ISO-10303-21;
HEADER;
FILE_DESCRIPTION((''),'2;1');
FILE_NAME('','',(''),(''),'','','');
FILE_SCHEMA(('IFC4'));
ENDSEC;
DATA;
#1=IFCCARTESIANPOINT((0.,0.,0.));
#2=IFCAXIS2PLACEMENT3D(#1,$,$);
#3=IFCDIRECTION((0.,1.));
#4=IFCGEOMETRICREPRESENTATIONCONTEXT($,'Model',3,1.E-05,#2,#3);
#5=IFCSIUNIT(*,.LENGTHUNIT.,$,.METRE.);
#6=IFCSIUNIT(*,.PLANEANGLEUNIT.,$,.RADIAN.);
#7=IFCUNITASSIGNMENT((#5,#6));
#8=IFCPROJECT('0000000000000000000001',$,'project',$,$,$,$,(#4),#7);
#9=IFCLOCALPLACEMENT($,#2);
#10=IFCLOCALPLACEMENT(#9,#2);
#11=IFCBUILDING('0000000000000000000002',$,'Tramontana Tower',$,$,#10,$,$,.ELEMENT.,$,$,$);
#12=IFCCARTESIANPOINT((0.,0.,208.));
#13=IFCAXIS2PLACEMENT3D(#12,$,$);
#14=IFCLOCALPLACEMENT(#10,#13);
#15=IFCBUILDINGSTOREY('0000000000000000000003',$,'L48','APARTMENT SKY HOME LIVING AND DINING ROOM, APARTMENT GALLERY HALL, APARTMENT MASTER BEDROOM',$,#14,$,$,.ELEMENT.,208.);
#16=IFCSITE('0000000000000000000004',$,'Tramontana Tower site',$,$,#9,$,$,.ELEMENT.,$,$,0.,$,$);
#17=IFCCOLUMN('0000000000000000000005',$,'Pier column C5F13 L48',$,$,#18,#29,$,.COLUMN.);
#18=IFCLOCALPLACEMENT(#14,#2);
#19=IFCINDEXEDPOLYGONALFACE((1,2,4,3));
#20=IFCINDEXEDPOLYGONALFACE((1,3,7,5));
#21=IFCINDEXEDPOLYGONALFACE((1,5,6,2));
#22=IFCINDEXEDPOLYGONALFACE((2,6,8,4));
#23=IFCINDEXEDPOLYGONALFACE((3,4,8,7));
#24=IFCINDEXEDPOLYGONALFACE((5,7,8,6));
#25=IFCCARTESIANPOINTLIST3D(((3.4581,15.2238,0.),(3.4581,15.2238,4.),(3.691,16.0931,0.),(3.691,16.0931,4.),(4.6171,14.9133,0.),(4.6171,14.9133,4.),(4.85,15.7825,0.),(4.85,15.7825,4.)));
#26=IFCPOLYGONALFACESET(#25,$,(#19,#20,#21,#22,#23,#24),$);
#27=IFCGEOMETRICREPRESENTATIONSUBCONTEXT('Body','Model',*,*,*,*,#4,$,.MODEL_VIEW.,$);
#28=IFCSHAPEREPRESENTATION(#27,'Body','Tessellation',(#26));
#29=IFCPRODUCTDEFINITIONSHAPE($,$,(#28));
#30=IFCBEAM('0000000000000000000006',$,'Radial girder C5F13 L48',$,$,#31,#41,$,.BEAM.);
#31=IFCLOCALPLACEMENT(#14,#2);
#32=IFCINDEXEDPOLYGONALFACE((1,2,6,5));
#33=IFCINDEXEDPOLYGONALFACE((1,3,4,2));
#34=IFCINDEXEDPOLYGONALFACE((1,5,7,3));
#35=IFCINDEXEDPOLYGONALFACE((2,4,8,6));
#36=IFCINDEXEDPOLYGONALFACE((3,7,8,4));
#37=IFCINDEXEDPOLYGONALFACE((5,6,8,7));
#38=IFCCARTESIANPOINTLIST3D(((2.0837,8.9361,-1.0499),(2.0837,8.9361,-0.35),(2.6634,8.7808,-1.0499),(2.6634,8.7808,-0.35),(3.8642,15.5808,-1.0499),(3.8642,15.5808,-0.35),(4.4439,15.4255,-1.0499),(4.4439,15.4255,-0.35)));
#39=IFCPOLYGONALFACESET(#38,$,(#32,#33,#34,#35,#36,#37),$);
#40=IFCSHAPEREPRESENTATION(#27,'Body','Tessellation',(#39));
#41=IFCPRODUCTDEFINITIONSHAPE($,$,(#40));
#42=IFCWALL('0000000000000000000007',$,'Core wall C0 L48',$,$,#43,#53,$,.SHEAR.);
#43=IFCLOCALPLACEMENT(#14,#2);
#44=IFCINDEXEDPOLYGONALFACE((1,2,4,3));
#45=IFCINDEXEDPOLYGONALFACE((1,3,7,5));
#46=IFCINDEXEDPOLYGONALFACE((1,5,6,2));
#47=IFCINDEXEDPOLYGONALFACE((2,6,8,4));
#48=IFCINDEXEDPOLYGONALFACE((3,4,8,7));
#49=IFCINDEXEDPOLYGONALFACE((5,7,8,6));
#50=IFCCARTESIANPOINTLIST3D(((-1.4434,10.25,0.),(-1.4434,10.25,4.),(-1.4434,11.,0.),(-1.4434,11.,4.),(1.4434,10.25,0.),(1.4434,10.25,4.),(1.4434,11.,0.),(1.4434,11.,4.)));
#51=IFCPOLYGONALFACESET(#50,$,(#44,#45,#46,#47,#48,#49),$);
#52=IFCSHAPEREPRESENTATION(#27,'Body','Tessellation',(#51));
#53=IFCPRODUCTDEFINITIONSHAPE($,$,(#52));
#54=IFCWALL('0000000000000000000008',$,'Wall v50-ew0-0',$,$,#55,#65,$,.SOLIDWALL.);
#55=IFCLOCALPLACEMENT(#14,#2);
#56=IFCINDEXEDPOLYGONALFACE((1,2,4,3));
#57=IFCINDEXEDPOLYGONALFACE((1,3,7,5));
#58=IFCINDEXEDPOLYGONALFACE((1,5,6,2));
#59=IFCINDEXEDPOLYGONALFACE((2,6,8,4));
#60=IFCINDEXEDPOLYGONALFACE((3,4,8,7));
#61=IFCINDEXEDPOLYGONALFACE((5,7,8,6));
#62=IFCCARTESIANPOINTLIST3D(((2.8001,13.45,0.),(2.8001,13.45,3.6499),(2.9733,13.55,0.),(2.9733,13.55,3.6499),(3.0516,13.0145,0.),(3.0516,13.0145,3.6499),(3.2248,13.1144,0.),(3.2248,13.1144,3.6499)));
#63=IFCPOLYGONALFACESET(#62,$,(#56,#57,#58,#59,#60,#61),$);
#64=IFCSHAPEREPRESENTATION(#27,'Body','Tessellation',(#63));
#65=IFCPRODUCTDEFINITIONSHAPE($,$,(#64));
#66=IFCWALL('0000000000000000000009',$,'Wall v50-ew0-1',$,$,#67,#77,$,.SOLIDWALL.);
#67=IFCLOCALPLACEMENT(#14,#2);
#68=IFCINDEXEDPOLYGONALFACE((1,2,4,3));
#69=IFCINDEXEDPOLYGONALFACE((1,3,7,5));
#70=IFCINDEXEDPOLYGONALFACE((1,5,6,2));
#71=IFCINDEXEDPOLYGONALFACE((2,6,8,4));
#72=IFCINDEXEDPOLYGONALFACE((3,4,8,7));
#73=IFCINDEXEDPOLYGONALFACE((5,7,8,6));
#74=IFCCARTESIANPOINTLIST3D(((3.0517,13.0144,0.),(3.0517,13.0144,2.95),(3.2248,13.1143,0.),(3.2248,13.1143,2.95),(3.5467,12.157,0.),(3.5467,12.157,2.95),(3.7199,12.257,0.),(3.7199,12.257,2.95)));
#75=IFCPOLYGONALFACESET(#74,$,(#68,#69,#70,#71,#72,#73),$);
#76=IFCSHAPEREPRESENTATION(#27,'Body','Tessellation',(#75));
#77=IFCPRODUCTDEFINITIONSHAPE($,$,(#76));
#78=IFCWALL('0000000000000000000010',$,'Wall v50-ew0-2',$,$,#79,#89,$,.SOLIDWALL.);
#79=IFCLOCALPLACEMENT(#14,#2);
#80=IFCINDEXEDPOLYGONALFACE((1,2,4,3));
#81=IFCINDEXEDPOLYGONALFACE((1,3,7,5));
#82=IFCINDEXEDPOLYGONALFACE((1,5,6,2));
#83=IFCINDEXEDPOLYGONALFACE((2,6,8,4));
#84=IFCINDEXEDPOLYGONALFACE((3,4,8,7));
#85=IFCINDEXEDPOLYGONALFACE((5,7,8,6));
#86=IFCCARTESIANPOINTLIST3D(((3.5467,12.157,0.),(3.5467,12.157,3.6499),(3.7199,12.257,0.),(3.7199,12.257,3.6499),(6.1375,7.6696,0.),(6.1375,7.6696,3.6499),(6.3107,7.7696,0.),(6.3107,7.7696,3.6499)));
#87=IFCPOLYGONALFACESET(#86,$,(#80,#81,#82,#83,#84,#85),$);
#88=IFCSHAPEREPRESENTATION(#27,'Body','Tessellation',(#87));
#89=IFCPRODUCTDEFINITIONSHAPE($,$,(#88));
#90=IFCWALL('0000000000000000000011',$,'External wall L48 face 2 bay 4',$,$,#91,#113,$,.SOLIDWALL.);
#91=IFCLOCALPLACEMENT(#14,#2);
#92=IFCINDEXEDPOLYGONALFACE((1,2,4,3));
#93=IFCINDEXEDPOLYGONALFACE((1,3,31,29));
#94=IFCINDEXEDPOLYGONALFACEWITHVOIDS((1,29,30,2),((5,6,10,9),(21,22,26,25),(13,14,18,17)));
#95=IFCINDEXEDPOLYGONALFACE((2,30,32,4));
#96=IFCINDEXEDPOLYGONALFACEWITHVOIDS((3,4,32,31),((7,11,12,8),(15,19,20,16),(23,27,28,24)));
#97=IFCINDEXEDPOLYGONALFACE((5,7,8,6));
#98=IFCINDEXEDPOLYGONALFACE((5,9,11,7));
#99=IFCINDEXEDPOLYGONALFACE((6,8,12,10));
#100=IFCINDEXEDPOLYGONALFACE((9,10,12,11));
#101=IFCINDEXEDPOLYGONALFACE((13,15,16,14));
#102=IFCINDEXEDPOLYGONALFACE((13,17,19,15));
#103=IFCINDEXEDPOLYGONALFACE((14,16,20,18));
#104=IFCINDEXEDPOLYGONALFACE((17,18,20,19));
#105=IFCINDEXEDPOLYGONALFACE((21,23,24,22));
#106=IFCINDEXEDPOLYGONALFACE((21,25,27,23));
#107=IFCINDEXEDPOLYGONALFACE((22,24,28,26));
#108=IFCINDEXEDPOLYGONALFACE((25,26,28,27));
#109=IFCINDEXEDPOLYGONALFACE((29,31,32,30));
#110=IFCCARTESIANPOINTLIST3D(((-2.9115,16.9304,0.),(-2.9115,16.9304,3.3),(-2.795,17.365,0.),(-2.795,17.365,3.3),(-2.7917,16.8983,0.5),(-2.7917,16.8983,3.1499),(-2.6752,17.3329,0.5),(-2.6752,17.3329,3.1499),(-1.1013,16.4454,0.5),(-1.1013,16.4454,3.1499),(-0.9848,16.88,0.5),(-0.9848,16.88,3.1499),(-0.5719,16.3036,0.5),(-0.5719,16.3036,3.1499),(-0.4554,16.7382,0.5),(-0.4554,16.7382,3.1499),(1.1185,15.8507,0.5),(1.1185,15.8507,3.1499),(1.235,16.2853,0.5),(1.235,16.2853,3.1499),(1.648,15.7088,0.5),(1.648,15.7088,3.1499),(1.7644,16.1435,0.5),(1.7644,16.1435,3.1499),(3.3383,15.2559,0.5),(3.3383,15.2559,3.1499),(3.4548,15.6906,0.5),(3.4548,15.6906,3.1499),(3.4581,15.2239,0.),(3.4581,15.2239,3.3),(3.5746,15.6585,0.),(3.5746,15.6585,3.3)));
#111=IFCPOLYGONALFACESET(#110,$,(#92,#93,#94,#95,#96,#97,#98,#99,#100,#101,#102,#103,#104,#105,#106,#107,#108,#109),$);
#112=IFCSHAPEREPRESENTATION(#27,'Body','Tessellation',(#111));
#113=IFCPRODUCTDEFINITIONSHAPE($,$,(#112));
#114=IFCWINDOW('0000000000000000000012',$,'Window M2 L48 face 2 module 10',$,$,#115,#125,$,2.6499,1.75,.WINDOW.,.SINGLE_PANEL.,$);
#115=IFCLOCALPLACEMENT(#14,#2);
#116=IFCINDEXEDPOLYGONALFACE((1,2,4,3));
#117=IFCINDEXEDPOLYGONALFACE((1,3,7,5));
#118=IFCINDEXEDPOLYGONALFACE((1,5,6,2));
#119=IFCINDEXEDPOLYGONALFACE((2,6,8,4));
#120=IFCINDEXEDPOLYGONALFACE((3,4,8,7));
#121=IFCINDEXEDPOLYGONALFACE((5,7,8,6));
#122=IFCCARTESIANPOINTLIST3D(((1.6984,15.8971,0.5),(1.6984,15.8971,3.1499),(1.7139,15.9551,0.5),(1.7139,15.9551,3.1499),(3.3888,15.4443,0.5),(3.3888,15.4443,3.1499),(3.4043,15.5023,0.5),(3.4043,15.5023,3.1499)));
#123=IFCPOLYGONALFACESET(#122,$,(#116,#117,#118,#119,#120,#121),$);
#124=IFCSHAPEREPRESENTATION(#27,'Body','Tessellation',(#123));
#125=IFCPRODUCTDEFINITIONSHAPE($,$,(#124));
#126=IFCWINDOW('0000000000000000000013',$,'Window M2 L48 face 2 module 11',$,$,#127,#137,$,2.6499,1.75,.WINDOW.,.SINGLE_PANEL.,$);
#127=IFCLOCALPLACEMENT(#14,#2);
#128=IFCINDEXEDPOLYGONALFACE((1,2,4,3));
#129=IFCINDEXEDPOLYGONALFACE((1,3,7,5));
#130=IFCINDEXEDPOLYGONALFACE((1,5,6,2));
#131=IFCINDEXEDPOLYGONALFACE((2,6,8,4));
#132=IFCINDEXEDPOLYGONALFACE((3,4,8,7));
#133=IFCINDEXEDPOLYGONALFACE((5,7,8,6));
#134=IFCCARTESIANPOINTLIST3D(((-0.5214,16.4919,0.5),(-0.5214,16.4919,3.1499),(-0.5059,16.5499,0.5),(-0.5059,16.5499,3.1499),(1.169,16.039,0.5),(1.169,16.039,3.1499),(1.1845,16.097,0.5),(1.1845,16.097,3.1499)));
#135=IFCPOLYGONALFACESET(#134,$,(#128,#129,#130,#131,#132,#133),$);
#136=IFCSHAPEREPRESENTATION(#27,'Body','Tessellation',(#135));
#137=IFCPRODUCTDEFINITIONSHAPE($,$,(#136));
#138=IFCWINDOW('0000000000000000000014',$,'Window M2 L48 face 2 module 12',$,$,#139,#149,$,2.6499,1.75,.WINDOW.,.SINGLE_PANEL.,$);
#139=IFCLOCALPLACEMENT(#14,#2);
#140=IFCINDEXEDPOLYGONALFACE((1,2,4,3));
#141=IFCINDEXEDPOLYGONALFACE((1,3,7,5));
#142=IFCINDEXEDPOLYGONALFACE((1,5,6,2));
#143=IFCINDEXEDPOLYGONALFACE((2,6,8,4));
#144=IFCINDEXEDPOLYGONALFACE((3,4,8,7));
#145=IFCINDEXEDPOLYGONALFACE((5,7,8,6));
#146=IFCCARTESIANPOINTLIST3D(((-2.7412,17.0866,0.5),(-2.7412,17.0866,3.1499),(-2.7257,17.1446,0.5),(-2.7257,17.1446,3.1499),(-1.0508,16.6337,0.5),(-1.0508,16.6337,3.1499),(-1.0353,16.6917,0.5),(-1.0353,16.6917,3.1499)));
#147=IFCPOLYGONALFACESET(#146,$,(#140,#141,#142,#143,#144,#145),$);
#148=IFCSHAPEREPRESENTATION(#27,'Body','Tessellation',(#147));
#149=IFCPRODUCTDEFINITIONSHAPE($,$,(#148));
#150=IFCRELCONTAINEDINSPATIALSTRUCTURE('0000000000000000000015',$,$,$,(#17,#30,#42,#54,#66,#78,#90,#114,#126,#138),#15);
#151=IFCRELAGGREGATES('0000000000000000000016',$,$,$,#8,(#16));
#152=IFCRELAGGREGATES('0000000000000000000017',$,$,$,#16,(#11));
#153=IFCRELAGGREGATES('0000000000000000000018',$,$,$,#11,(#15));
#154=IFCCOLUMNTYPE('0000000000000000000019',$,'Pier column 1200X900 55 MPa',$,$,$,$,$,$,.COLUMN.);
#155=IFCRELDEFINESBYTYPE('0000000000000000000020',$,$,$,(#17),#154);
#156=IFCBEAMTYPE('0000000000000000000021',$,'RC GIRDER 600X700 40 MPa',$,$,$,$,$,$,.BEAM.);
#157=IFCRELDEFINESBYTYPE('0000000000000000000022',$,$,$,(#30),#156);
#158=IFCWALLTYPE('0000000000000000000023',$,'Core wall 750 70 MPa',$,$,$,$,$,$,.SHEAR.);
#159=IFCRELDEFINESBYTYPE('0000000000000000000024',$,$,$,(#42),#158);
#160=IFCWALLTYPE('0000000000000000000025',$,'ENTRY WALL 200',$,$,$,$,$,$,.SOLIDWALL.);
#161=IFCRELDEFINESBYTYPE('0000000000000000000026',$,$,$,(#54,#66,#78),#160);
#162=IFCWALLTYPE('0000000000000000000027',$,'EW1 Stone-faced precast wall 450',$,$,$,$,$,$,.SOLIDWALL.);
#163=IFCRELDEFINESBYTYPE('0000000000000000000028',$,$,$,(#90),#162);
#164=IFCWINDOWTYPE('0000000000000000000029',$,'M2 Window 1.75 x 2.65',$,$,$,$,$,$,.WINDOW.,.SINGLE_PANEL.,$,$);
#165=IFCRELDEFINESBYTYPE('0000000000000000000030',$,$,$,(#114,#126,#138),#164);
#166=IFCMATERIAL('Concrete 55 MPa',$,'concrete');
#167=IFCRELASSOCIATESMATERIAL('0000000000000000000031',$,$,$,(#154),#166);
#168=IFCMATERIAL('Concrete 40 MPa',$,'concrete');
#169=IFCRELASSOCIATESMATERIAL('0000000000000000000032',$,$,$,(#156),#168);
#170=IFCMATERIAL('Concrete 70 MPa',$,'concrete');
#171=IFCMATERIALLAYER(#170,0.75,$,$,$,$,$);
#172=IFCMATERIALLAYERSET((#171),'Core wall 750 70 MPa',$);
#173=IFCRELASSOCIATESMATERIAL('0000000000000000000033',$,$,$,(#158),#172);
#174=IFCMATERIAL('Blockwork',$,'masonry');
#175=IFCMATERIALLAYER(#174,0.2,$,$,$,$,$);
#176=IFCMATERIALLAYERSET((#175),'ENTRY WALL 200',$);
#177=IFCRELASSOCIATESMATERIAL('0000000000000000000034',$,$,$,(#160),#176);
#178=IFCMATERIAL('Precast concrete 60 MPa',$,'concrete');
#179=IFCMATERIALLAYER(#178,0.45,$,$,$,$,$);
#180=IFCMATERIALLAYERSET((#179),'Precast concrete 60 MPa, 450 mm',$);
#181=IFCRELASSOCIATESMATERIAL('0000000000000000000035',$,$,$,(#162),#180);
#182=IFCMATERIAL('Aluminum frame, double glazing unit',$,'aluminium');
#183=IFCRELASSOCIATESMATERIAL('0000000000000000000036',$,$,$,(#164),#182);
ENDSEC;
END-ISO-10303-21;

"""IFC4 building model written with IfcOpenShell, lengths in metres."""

from ifc_helpers import new_model, si_unit, direction, frame, frame_2d, origin, origin_2d, place, context, subcontext, project, spatial, rectangle, extrude, material, layer, layer_set, material_profile, profile_set, type_object, element, fill, save


model = new_model("IFC4")

# Units and contexts
model_context = context("Model", 3, precision=1e-05, world=origin(), true_north=direction((0.0, 1.0)))
body_context = subcontext(model_context, "Body", "Model", "MODEL_VIEW")
ifc_project = project(units=[si_unit("LENGTHUNIT", "METRE"), si_unit("PLANEANGLEUNIT", "RADIAN")], contexts=[model_context])

# Site, building, storey
site_placement = place(None, origin())
site = spatial("IfcSite", under=ifc_project, at=site_placement, Name="Tramontana Tower site", CompositionType="ELEMENT", RefElevation=0.0)
building_placement = place(site_placement, origin())
building = spatial("IfcBuilding", under=site, at=building_placement, Name="Tramontana Tower", CompositionType="ELEMENT")
storey_placement = place(building_placement, frame((0.0, 0.0, 208.0)))
storey = spatial("IfcBuildingStorey", under=building, at=storey_placement, Name="L48", Description="APARTMENT SKY HOME LIVING AND DINING ROOM, APARTMENT GALLERY HALL, APARTMENT MASTER BEDROOM", CompositionType="ELEMENT", Elevation=208.0)

# Column
ifc_material_1 = material(Name="Concrete 55 MPa", Category="concrete")
ifc_material_profile_1 = material_profile(ifc_material_1, rectangle(XDim=1.2, YDim=0.8999, at=origin_2d()), Name="Pier column 1200X900 55 MPa")
ifc_profile_set_1 = profile_set([ifc_material_profile_1], Name="Concrete 55 MPa")
column_type = type_object("IfcColumnType", Name="Pier column 1200X900 55 MPa", PredefinedType="COLUMN", material=ifc_profile_set_1)
column_placement = place(storey_placement, frame((4.1541, 15.5032, 0.0), z_axis=(0.0, 0.0, 1.0), x_axis=(-0.965926, 0.258819, 0.0)))
element("IfcColumn", 1, at=column_placement, inside=storey, type_object=column_type, Name="Pier column C5F13 L48", PredefinedType="COLUMN", context=body_context, shape_type="SweptSolid", body=[
    extrude(rectangle(XDim=1.2, YDim=0.8999, at=origin_2d()), origin(), (0.0, 0.0, 1.0), 4.0),
])

# Beam
ifc_material_2 = material(Name="Concrete 40 MPa", Category="concrete")
ifc_material_profile_2 = material_profile(ifc_material_2, rectangle(XDim=0.6001, YDim=0.7, at=origin_2d()), Name="RC GIRDER 600X700 40 MPa")
ifc_profile_set_2 = profile_set([ifc_material_profile_2], Name="Concrete 40 MPa")
beam_type = type_object("IfcBeamType", Name="RC GIRDER 600X700 40 MPa", PredefinedType="BEAM", material=ifc_profile_set_2)
beam_placement = place(storey_placement, frame((4.1541, 15.5032, -0.7), z_axis=(-0.258827, -0.965924, 0.0), x_axis=(0.965924, -0.258827, 0.0)))
element("IfcBeam", 2, at=beam_placement, inside=storey, type_object=beam_type, Name="Radial girder C5F13 L48", PredefinedType="BEAM", context=body_context, shape_type="SweptSolid", body=[
    extrude(rectangle(XDim=0.6001, YDim=0.7, at=origin_2d()), origin(), (0.0, 0.0, 1.0), 6.8792),
])

# Walls
ifc_material_3 = material(Name="Concrete 70 MPa", Category="concrete")
ifc_layer_1 = layer(ifc_material_3, 0.75)
ifc_layer_set_1 = layer_set([ifc_layer_1], Name="Core wall 750 70 MPa")
wall_type_1 = type_object("IfcWallType", Name="Core wall 750 70 MPa", PredefinedType="SHEAR", material=ifc_layer_set_1)
wall_1_placement = place(storey_placement, frame((1.4434, 10.625, 0.0), z_axis=(0.0, 0.0, 1.0), x_axis=(-1.0, 0.0, 0.0)))
element("IfcWall", 3, at=wall_1_placement, inside=storey, type_object=wall_type_1, Name="Core wall C0 L48", PredefinedType="SHEAR", context=body_context, shape_type="SweptSolid", body=[
    extrude(rectangle(XDim=2.8867, YDim=0.75, at=frame_2d((1.4434, 0.0))), origin(), (0.0, 0.0, 1.0), 4.0),
])
ifc_material_4 = material(Name="Blockwork", Category="masonry")
ifc_layer_2 = layer(ifc_material_4, 0.2)
ifc_layer_set_2 = layer_set([ifc_layer_2], Name="ENTRY WALL 200")
wall_type_2 = type_object("IfcWallType", Name="ENTRY WALL 200", PredefinedType="SOLIDWALL", material=ifc_layer_set_2)
wall_2_placement = place(storey_placement, frame((2.8867, 13.5, 0.0), z_axis=(0.0, 0.0, 1.0), x_axis=(0.500003, -0.866024, 0.0)))
element("IfcWall", 4, at=wall_2_placement, inside=storey, type_object=wall_type_2, Name="Wall v50-ew0-0", PredefinedType="SOLIDWALL", context=body_context, shape_type="SweptSolid", body=[
    extrude(rectangle(XDim=0.5029, YDim=0.2, at=frame_2d((0.2515, 0.0))), origin(), (0.0, 0.0, 1.0), 3.6499),
])
wall_3_placement = place(storey_placement, frame((3.1382, 13.0645, 0.0), z_axis=(0.0, 0.0, 1.0), x_axis=(0.500064, -0.865988, 0.0)))
element("IfcWall", 5, at=wall_3_placement, inside=storey, type_object=wall_type_2, Name="Wall v50-ew0-1", PredefinedType="SOLIDWALL", context=body_context, shape_type="SweptSolid", body=[
    extrude(rectangle(XDim=0.99, YDim=0.2, at=frame_2d((0.4951, 0.0))), origin(), (0.0, 0.0, 1.0), 2.95),
])
wall_4_placement = place(storey_placement, frame((3.6333, 12.207, 0.0), z_axis=(0.0, 0.0, 1.0), x_axis=(0.49999, -0.866031, 0.0)))
element("IfcWall", 6, at=wall_4_placement, inside=storey, type_object=wall_type_2, Name="Wall v50-ew0-2", PredefinedType="SOLIDWALL", context=body_context, shape_type="SweptSolid", body=[
    extrude(rectangle(XDim=5.1816, YDim=0.2, at=frame_2d((2.5908, 0.0))), origin(), (0.0, 0.0, 1.0), 3.6499),
])

# Wall, openings, windows
ifc_material_5 = material(Name="Precast concrete 60 MPa", Category="concrete")
ifc_layer_3 = layer(ifc_material_5, 0.45)
ifc_layer_set_3 = layer_set([ifc_layer_3], Name="Precast concrete 60 MPa, 450 mm")
wall_type_3 = type_object("IfcWallType", Name="EW1 Stone-faced precast wall 450", PredefinedType="SOLIDWALL", material=ifc_layer_set_3)
wall_5_placement = place(storey_placement, frame((3.5164, 15.4412, 0.0), z_axis=(0.0, 0.0, 1.0), x_axis=(-0.965933, 0.258792, 0.0)))
wall_5 = element("IfcWall", 7, at=wall_5_placement, inside=storey, type_object=wall_type_3, Name="External wall L48 face 2 bay 4", PredefinedType="SOLIDWALL", context=body_context, shape_type="SweptSolid", body=[
    extrude(rectangle(XDim=6.5942, YDim=0.45, at=frame_2d((3.2971, 0.0))), origin(), (0.0, 0.0, 1.0), 3.3),
])
opening_1_placement = place(wall_5_placement, frame((0.124, 0.0, 0.5)))
opening_1 = element("IfcOpeningElement", 8, at=opening_1_placement, cuts=wall_5, PredefinedType="OPENING", context=body_context, shape_type="SweptSolid", body=[
    extrude(rectangle(XDim=1.75, YDim=2.6499, at=frame_2d((0.875, 1.325))), frame((0.0, 0.2349, 0.0), z_axis=(0.0, -1.0, 0.0), x_axis=(1.0, 0.0, 0.0)), (0.0, 0.0, 1.0), 0.47),
])
opening_2_placement = place(wall_5_placement, frame((2.4221, 0.0, 0.5)))
opening_2 = element("IfcOpeningElement", 9, at=opening_2_placement, cuts=wall_5, PredefinedType="OPENING", context=body_context, shape_type="SweptSolid", body=[
    extrude(rectangle(XDim=1.75, YDim=2.6499, at=frame_2d((0.875, 1.325))), frame((0.0, 0.2349, 0.0), z_axis=(0.0, -1.0, 0.0), x_axis=(1.0, 0.0, 0.0)), (0.0, 0.0, 1.0), 0.47),
])
opening_3_placement = place(wall_5_placement, frame((4.7202, 0.0, 0.5)))
opening_3 = element("IfcOpeningElement", 10, at=opening_3_placement, cuts=wall_5, PredefinedType="OPENING", context=body_context, shape_type="SweptSolid", body=[
    extrude(rectangle(XDim=1.75, YDim=2.6499, at=frame_2d((0.875, 1.325))), frame((0.0, 0.2349, 0.0), z_axis=(0.0, -1.0, 0.0), x_axis=(1.0, 0.0, 0.0)), (0.0, 0.0, 1.0), 0.47),
])
ifc_material_6 = material(Name="Aluminum frame, double glazing unit", Category="aluminium")
window_type = type_object("IfcWindowType", Name="M2 Window 1.75 x 2.65", PartitioningType="SINGLE_PANEL", PredefinedType="WINDOW", material=ifc_material_6)
window_1_placement = place(opening_1_placement, origin())
window_1 = element("IfcWindow", 11, at=window_1_placement, inside=storey, type_object=window_type, Name="Window M2 L48 face 2 module 10", OverallHeight=2.6499, OverallWidth=1.75, PartitioningType="SINGLE_PANEL", PredefinedType="WINDOW", context=body_context, shape_type="SweptSolid", body=[
    extrude(rectangle(XDim=1.75, YDim=2.6499, at=frame_2d((0.875, 1.325))), frame((0.0, 0.03, 0.0), z_axis=(0.0, -1.0, 0.0), x_axis=(1.0, 0.0, 0.0)), (0.0, 0.0, 1.0), 0.0601),
])
fill(opening_1, window_1)
window_2_placement = place(opening_2_placement, origin())
window_2 = element("IfcWindow", 12, at=window_2_placement, inside=storey, type_object=window_type, Name="Window M2 L48 face 2 module 11", OverallHeight=2.6499, OverallWidth=1.75, PartitioningType="SINGLE_PANEL", PredefinedType="WINDOW", context=body_context, shape_type="SweptSolid", body=[
    extrude(rectangle(XDim=1.75, YDim=2.6499, at=frame_2d((0.875, 1.325))), frame((0.0, 0.03, 0.0), z_axis=(0.0, -1.0, 0.0), x_axis=(1.0, 0.0, 0.0)), (0.0, 0.0, 1.0), 0.0601),
])
fill(opening_2, window_2)
window_3_placement = place(opening_3_placement, origin())
window_3 = element("IfcWindow", 13, at=window_3_placement, inside=storey, type_object=window_type, Name="Window M2 L48 face 2 module 12", OverallHeight=2.6499, OverallWidth=1.75, PartitioningType="SINGLE_PANEL", PredefinedType="WINDOW", context=body_context, shape_type="SweptSolid", body=[
    extrude(rectangle(XDim=1.75, YDim=2.6499, at=frame_2d((0.875, 1.325))), frame((0.0, 0.03, 0.0), z_axis=(0.0, -1.0, 0.0), x_axis=(1.0, 0.0, 0.0)), (0.0, 0.0, 1.0), 0.0601),
])
fill(opening_3, window_3)

save(model, "model.ifc")
